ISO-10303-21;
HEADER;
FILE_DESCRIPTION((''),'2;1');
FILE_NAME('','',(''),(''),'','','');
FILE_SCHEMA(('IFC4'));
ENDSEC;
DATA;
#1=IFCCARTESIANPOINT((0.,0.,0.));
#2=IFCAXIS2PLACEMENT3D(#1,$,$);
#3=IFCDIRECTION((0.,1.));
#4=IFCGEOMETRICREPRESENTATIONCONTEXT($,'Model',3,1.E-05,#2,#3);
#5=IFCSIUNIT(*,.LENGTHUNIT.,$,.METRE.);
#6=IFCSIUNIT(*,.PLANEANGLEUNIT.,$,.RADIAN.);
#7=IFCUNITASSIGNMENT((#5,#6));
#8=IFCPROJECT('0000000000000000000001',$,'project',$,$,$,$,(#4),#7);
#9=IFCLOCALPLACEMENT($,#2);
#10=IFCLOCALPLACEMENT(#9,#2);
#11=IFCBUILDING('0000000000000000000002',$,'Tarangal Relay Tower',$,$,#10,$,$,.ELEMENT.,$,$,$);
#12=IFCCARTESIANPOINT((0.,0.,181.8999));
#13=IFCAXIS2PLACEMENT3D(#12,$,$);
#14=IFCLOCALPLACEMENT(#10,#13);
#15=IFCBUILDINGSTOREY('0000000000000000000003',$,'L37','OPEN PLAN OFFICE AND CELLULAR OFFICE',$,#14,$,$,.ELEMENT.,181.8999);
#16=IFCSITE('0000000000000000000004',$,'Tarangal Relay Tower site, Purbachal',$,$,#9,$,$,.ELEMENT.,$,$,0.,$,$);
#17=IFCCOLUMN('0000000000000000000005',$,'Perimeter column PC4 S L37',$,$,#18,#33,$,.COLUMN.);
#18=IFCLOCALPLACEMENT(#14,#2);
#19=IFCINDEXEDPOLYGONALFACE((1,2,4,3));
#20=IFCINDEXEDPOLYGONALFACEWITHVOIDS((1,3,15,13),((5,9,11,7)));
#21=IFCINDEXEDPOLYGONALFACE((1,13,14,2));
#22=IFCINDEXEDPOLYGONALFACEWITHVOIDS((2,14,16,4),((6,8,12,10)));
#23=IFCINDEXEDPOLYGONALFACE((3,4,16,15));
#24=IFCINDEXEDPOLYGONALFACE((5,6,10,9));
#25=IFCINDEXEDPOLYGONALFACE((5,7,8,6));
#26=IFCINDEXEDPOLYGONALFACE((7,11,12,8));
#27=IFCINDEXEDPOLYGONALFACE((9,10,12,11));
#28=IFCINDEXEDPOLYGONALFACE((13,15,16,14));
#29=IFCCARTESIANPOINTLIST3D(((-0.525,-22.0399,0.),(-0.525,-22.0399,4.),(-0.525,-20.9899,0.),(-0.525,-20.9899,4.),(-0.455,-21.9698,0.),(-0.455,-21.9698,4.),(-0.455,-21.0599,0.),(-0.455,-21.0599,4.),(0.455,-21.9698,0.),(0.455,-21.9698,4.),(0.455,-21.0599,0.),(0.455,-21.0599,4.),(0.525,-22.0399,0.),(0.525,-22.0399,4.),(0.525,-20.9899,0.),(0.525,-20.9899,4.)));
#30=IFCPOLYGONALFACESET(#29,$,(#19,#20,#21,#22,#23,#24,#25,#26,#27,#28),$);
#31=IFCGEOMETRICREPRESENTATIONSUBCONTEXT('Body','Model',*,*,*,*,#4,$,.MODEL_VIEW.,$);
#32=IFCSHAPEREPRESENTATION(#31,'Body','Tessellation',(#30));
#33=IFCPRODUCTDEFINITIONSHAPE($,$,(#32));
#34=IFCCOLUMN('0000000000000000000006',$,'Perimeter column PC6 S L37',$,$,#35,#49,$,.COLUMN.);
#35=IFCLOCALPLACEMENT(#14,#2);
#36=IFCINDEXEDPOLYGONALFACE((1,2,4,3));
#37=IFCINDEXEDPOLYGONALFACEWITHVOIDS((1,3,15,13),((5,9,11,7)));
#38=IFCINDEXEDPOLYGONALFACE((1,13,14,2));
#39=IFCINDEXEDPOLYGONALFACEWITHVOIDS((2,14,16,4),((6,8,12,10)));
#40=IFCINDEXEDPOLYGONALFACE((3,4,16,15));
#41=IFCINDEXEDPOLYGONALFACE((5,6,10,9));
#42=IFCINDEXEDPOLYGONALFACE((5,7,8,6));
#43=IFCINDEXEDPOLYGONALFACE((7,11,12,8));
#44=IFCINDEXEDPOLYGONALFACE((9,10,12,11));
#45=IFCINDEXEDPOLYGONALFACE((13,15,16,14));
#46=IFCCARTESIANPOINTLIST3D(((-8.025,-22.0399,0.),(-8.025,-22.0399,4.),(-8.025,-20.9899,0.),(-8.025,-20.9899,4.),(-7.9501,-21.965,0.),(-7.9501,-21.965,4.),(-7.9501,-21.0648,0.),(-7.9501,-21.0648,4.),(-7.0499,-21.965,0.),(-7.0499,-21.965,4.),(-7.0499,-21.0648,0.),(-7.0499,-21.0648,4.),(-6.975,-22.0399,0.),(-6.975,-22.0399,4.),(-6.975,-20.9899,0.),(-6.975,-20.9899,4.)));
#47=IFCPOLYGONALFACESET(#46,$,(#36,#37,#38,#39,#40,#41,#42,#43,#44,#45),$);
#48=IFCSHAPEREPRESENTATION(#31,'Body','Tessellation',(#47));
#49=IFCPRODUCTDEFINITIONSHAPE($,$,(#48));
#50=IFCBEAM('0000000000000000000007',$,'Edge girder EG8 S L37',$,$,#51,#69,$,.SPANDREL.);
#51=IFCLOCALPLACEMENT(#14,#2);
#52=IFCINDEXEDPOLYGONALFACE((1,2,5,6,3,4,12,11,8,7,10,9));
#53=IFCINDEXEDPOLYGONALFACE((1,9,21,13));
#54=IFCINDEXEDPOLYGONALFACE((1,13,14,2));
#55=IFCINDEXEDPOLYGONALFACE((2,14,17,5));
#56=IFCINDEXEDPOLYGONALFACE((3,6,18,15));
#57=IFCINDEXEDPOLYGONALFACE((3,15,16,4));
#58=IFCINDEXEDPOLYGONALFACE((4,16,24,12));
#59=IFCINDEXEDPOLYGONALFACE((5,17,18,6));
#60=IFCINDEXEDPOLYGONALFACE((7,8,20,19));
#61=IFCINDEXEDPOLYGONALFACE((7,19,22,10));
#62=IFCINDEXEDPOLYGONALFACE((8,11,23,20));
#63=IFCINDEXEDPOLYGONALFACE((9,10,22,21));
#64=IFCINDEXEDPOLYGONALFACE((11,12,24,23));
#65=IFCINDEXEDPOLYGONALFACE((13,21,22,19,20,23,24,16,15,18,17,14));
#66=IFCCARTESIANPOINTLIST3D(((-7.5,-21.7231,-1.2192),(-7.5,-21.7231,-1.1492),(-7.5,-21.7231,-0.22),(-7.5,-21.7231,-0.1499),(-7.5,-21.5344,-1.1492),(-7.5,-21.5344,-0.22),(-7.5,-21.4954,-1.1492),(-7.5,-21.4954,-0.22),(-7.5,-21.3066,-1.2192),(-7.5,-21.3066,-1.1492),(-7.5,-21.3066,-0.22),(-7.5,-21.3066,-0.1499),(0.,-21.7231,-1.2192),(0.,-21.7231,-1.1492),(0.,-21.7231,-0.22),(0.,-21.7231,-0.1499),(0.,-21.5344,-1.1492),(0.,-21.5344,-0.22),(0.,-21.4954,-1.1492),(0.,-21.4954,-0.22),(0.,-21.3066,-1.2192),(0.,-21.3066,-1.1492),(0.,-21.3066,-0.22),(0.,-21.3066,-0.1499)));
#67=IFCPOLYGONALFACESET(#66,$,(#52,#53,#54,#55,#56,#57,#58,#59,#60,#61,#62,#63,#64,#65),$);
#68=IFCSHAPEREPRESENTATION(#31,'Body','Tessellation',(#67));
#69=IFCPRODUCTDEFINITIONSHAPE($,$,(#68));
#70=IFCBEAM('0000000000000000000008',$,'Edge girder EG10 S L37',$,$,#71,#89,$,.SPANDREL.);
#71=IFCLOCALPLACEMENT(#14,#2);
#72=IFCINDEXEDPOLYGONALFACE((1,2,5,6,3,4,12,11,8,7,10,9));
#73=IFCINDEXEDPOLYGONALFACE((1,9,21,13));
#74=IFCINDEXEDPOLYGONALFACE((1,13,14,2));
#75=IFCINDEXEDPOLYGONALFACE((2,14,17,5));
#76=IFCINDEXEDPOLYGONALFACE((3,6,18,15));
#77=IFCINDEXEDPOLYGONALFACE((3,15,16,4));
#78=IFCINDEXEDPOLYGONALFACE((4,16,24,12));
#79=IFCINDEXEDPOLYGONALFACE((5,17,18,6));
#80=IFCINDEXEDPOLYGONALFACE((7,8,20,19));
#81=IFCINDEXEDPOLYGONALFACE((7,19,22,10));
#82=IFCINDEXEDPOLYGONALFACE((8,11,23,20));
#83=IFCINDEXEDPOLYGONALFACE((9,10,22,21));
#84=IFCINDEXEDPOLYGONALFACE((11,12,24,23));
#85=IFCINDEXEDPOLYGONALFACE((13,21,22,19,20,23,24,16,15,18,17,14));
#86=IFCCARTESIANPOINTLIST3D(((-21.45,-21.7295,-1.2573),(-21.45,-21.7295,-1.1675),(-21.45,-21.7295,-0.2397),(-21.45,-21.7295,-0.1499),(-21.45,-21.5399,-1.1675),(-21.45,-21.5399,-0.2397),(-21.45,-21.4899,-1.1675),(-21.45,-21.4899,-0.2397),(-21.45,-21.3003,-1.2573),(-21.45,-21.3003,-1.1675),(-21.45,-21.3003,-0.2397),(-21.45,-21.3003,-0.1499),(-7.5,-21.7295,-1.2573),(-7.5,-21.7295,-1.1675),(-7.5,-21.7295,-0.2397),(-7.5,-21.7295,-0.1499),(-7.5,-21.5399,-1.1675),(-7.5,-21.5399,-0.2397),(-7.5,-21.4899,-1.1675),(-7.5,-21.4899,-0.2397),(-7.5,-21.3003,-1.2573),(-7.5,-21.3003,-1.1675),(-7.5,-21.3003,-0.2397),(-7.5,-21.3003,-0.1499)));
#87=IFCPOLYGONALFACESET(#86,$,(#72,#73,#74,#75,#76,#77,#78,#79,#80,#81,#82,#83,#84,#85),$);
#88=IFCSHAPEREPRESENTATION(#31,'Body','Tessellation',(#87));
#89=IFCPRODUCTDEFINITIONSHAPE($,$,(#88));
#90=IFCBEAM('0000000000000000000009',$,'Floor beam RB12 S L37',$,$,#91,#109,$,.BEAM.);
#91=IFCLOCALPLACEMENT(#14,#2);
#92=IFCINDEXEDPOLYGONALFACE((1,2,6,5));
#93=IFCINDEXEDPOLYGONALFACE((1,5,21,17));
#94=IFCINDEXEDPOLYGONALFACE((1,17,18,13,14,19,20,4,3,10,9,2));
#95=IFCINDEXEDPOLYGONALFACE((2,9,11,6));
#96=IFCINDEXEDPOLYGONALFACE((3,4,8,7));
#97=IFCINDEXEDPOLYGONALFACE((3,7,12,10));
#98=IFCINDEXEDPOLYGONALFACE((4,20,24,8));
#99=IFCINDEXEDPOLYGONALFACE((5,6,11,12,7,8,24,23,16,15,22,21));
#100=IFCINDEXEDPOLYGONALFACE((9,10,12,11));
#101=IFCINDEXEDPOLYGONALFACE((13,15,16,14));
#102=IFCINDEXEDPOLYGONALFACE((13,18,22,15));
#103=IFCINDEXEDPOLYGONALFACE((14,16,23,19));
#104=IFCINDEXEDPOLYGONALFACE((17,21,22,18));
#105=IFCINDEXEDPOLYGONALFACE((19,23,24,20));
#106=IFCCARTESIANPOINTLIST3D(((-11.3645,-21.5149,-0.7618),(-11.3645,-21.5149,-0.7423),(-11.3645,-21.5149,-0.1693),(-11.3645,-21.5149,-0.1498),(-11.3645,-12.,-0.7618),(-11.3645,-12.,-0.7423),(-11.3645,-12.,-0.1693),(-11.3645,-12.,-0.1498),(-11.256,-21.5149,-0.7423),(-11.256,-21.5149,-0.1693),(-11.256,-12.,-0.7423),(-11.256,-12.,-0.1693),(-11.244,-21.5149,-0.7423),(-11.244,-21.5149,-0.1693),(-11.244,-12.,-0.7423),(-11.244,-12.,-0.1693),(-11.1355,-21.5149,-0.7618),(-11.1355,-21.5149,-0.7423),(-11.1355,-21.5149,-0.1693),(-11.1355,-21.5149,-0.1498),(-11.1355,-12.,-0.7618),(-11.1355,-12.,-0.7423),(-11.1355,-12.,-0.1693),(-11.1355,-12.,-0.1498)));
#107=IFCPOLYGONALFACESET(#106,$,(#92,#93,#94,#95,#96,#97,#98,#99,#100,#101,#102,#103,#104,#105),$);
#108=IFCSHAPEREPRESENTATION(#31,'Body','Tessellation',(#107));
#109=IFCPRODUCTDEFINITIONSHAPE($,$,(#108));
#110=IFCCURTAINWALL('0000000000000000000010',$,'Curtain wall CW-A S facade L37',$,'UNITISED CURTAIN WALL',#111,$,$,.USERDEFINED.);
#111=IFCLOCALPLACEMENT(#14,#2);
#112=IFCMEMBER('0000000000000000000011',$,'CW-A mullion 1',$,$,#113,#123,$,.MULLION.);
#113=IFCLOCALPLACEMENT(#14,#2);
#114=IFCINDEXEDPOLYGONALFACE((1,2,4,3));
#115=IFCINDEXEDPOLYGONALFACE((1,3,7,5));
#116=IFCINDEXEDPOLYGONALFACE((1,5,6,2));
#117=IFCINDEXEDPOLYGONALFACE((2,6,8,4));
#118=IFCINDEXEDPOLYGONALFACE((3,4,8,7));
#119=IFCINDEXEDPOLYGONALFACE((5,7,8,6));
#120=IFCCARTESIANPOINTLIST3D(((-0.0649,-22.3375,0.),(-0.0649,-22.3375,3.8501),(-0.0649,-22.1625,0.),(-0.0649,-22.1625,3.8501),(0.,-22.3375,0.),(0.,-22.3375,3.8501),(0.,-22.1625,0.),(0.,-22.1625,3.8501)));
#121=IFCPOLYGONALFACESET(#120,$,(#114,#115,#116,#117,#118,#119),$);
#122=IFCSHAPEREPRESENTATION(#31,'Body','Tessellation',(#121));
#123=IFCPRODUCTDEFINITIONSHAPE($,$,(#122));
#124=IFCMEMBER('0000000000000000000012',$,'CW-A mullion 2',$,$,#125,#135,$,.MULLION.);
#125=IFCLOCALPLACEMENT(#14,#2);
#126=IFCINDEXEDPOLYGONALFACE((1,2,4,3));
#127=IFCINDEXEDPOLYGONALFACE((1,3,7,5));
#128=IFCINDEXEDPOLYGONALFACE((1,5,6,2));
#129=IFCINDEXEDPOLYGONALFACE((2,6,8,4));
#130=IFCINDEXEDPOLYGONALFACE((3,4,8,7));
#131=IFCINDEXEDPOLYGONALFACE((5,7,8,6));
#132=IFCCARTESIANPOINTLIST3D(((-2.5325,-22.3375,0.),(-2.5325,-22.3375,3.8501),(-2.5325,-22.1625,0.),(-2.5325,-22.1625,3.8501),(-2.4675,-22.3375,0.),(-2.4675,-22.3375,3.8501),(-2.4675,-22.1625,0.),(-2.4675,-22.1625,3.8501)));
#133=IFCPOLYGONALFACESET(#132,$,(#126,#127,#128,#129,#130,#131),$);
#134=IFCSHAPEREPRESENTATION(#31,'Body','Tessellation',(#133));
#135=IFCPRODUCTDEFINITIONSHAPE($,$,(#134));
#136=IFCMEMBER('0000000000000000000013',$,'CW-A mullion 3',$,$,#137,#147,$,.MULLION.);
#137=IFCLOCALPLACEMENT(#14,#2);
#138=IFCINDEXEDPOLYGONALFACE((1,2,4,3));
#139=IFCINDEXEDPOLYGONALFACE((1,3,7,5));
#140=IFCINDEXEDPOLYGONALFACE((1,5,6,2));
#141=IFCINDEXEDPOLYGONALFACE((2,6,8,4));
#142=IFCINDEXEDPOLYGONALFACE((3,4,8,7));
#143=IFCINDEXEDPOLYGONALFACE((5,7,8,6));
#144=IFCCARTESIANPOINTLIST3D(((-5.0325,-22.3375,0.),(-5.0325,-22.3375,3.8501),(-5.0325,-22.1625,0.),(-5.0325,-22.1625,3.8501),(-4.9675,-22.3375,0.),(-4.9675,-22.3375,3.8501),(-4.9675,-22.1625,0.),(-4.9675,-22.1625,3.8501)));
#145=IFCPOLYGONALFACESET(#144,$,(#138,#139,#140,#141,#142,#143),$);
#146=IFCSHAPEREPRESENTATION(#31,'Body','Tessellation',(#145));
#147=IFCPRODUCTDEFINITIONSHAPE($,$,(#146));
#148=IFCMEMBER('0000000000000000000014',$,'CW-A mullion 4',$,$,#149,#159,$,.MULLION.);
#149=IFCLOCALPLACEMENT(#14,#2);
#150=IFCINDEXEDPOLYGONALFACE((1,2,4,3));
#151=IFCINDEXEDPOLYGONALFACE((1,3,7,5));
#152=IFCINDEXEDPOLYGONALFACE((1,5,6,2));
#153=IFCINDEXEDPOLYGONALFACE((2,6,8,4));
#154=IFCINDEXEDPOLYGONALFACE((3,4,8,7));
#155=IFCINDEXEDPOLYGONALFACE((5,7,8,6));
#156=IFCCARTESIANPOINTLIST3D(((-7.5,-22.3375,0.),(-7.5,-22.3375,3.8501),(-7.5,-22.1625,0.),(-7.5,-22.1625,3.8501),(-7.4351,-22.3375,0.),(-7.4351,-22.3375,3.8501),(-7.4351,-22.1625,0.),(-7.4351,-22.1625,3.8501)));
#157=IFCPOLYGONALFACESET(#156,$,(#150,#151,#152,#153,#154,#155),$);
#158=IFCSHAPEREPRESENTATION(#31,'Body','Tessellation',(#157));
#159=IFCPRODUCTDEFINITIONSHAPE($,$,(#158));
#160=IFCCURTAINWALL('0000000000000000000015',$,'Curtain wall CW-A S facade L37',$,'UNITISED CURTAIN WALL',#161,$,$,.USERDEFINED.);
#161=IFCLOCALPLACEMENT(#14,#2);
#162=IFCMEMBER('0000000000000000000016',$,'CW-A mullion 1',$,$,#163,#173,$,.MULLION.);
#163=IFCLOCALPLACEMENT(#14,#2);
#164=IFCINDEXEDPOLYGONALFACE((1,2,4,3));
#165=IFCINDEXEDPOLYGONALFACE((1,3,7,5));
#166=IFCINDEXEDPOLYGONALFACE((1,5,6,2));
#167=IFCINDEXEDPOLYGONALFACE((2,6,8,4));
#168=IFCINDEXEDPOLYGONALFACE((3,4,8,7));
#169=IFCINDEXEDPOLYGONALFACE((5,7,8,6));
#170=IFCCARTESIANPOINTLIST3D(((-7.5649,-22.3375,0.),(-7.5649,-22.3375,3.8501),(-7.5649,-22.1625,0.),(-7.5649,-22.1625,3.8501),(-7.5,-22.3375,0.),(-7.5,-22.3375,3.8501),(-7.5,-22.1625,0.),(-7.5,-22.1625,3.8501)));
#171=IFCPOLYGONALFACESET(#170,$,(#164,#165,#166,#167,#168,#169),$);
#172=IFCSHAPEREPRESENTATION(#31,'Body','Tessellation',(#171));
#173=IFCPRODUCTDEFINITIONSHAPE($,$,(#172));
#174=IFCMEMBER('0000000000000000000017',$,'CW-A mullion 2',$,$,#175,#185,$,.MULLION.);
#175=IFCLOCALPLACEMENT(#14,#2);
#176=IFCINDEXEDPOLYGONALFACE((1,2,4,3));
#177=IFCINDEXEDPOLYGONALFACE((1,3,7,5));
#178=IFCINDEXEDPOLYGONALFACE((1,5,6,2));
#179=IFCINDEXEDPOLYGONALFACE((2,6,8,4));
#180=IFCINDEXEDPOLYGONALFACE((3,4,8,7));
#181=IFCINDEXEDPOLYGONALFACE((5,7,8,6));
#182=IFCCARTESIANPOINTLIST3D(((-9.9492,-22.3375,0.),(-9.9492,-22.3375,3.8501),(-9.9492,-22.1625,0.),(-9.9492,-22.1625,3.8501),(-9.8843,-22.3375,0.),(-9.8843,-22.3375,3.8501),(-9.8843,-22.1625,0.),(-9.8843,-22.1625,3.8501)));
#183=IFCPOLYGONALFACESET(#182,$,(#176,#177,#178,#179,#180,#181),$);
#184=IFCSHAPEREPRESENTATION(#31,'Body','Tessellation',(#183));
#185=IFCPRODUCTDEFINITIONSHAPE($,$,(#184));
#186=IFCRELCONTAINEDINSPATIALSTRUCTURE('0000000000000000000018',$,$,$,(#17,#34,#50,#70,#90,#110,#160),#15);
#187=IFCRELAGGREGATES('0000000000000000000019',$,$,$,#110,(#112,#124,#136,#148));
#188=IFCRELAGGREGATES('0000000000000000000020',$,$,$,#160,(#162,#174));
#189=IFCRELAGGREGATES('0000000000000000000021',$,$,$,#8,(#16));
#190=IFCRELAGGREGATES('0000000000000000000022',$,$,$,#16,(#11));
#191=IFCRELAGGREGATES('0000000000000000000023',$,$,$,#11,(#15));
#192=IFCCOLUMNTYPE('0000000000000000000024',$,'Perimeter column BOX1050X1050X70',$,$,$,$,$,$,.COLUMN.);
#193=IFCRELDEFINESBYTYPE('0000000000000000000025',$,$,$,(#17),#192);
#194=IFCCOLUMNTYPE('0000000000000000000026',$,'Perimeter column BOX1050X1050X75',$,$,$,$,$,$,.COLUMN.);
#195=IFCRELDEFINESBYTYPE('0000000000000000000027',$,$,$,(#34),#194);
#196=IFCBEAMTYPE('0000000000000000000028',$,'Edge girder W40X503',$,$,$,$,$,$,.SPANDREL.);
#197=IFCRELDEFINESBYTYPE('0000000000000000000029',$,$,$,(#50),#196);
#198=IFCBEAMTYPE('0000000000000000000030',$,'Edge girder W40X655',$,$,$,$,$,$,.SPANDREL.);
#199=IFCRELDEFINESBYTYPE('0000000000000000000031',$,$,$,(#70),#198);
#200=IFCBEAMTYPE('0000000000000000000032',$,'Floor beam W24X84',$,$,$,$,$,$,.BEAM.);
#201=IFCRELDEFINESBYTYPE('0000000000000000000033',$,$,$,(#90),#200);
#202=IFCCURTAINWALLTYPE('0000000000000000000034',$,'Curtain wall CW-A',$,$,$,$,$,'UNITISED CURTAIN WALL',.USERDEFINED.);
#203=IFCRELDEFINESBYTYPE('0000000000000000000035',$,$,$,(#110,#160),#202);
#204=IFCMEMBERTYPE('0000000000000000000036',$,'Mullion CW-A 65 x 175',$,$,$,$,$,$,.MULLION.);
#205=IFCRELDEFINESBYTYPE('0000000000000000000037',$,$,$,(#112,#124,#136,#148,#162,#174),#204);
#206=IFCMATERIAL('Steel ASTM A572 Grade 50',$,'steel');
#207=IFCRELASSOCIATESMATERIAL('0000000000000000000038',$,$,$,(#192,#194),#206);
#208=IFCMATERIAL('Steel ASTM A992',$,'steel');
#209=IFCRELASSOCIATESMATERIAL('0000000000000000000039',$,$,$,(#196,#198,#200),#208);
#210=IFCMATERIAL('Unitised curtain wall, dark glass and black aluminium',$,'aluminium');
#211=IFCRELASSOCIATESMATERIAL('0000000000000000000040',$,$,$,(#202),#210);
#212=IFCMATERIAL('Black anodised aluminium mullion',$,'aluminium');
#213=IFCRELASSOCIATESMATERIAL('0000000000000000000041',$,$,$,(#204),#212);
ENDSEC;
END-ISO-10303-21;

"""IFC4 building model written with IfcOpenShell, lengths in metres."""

from ifc_helpers import new_model, si_unit, direction, frame, origin, origin_2d, place, context, subcontext, project, spatial, rectangle, hollow_rectangle, i_section, extrude, material, material_profile, profile_set, type_object, element, aggregate, save


model = new_model("IFC4")

# Units and contexts
model_context = context("Model", 3, precision=1e-05, world=origin(), true_north=direction((0.0, 1.0)))
body_context = subcontext(model_context, "Body", "Model", "MODEL_VIEW")
ifc_project = project(units=[si_unit("LENGTHUNIT", "METRE"), si_unit("PLANEANGLEUNIT", "RADIAN")], contexts=[model_context])

# Site, building, storey
site_placement = place(None, origin())
site = spatial("IfcSite", under=ifc_project, at=site_placement, Name="Tarangal Relay Tower site, Purbachal", CompositionType="ELEMENT", RefElevation=0.0)
building_placement = place(site_placement, origin())
building = spatial("IfcBuilding", under=site, at=building_placement, Name="Tarangal Relay Tower", CompositionType="ELEMENT")
storey_placement = place(building_placement, frame((0.0, 0.0, 181.8999)))
storey = spatial("IfcBuildingStorey", under=building, at=storey_placement, Name="L37", Description="OPEN PLAN OFFICE AND CELLULAR OFFICE", CompositionType="ELEMENT", Elevation=181.8999)

# Columns
ifc_material_1 = material(Name="Steel ASTM A572 Grade 50", Category="steel")
ifc_material_profile_1 = material_profile(ifc_material_1, hollow_rectangle(XDim=1.05, YDim=1.05, WallThickness=0.0701, at=origin_2d()), Name="BOX1050X1050X70")
ifc_profile_set_1 = profile_set([ifc_material_profile_1], Name="Steel ASTM A572 Grade 50")
column_type_1 = type_object("IfcColumnType", Name="Perimeter column BOX1050X1050X70", PredefinedType="COLUMN", material=ifc_profile_set_1)
column_1_placement = place(storey_placement, frame((0.0, -21.5149, 0.0), z_axis=(0.0, 0.0, 1.0), x_axis=(1.0, 0.0, 0.0)))
element("IfcColumn", 1, at=column_1_placement, inside=storey, type_object=column_type_1, Name="Perimeter column PC4 S L37", PredefinedType="COLUMN", context=body_context, shape_type="SweptSolid", body=[
    extrude(hollow_rectangle(XDim=1.05, YDim=1.05, WallThickness=0.0701, at=origin_2d()), origin(), (0.0, 0.0, 1.0), 4.0),
])
ifc_material_profile_2 = material_profile(ifc_material_1, hollow_rectangle(XDim=1.05, YDim=1.05, WallThickness=0.075, at=origin_2d()), Name="BOX1050X1050X75")
ifc_profile_set_2 = profile_set([ifc_material_profile_2], Name="Steel ASTM A572 Grade 50")
column_type_2 = type_object("IfcColumnType", Name="Perimeter column BOX1050X1050X75", PredefinedType="COLUMN", material=ifc_profile_set_2)
column_2_placement = place(storey_placement, frame((-7.5, -21.5149, 0.0), z_axis=(0.0, 0.0, 1.0), x_axis=(1.0, 0.0, 0.0)))
element("IfcColumn", 2, at=column_2_placement, inside=storey, type_object=column_type_2, Name="Perimeter column PC6 S L37", PredefinedType="COLUMN", context=body_context, shape_type="SweptSolid", body=[
    extrude(hollow_rectangle(XDim=1.05, YDim=1.05, WallThickness=0.075, at=origin_2d()), origin(), (0.0, 0.0, 1.0), 4.0),
])

# Beams
ifc_material_2 = material(Name="Steel ASTM A992", Category="steel")
ifc_material_profile_3 = material_profile(ifc_material_2, i_section(OverallWidth=0.4165, OverallDepth=1.0693, WebThickness=0.0391, FlangeThickness=0.0701, at=origin_2d()), Name="W40X503")
ifc_profile_set_3 = profile_set([ifc_material_profile_3], Name="Steel ASTM A992")
beam_type_1 = type_object("IfcBeamType", Name="Edge girder W40X503", PredefinedType="SPANDREL", material=ifc_profile_set_3)
beam_1_placement = place(storey_placement, frame((0.0, -21.5149, -0.6846), z_axis=(-1.0, 0.0, 0.0), x_axis=(0.0, -1.0, 0.0)))
element("IfcBeam", 3, at=beam_1_placement, inside=storey, type_object=beam_type_1, Name="Edge girder EG8 S L37", PredefinedType="SPANDREL", context=body_context, shape_type="SweptSolid", body=[
    extrude(i_section(OverallWidth=0.4165, OverallDepth=1.0693, WebThickness=0.0391, FlangeThickness=0.0701, at=origin_2d()), origin(), (0.0, 0.0, 1.0), 7.5),
])
ifc_material_profile_4 = material_profile(ifc_material_2, i_section(OverallWidth=0.4292, OverallDepth=1.1074, WebThickness=0.05, FlangeThickness=0.0898, at=origin_2d()), Name="W40X655")
ifc_profile_set_4 = profile_set([ifc_material_profile_4], Name="Steel ASTM A992")
beam_type_2 = type_object("IfcBeamType", Name="Edge girder W40X655", PredefinedType="SPANDREL", material=ifc_profile_set_4)
beam_2_placement = place(storey_placement, frame((-7.5, -21.5149, -0.7036), z_axis=(-1.0, 0.0, 0.0), x_axis=(0.0, -1.0, 0.0)))
element("IfcBeam", 4, at=beam_2_placement, inside=storey, type_object=beam_type_2, Name="Edge girder EG10 S L37", PredefinedType="SPANDREL", context=body_context, shape_type="SweptSolid", body=[
    extrude(i_section(OverallWidth=0.4292, OverallDepth=1.1074, WebThickness=0.05, FlangeThickness=0.0898, at=origin_2d()), origin(), (0.0, 0.0, 1.0), 13.95),
])
ifc_material_profile_5 = material_profile(ifc_material_2, i_section(OverallWidth=0.229, OverallDepth=0.6121, WebThickness=0.012, FlangeThickness=0.0195, at=origin_2d()), Name="W24X84")
ifc_profile_set_5 = profile_set([ifc_material_profile_5], Name="Steel ASTM A992")
beam_type_3 = type_object("IfcBeamType", Name="Floor beam W24X84", PredefinedType="BEAM", material=ifc_profile_set_5)
beam_3_placement = place(storey_placement, frame((-11.25, -12.0, -0.4558), z_axis=(0.0, -1.0, 0.0), x_axis=(1.0, 0.0, 0.0)))
element("IfcBeam", 5, at=beam_3_placement, inside=storey, type_object=beam_type_3, Name="Floor beam RB12 S L37", PredefinedType="BEAM", context=body_context, shape_type="SweptSolid", body=[
    extrude(i_section(OverallWidth=0.229, OverallDepth=0.6121, WebThickness=0.012, FlangeThickness=0.0195, at=origin_2d()), origin(), (0.0, 0.0, 1.0), 9.5149),
])

# Curtain walls, members
ifc_material_3 = material(Name="Unitised curtain wall, dark glass and black aluminium", Category="aluminium")
curtain_wall_type = type_object("IfcCurtainWallType", Name="Curtain wall CW-A", ElementType="UNITISED CURTAIN WALL", PredefinedType="USERDEFINED", material=ifc_material_3)
curtain_wall_1_placement = place(storey_placement, origin())
curtain_wall_1 = element("IfcCurtainWall", 6, at=curtain_wall_1_placement, inside=storey, type_object=curtain_wall_type, Name="Curtain wall CW-A S facade L37", ObjectType="UNITISED CURTAIN WALL", PredefinedType="USERDEFINED")
ifc_material_4 = material(Name="Black anodised aluminium mullion", Category="aluminium")
ifc_material_profile_6 = material_profile(ifc_material_4, rectangle(XDim=0.175, YDim=0.0649, at=origin_2d()), Name="CW-AM 65X175")
ifc_profile_set_6 = profile_set([ifc_material_profile_6], Name="Black anodised aluminium mullion")
member_type_1 = type_object("IfcMemberType", Name="Mullion CW-A 65 x 175", PredefinedType="MULLION", material=ifc_profile_set_6)
member_1_placement = place(storey_placement, frame((-0.0325, -22.25, 0.0), z_axis=(0.0, 0.0, 1.0), x_axis=(0.0, -1.0, 0.0)))
member_1 = element("IfcMember", 7, at=member_1_placement, type_object=member_type_1, Name="CW-A mullion 1", PredefinedType="MULLION", context=body_context, shape_type="SweptSolid", body=[
    extrude(rectangle(XDim=0.175, YDim=0.0649, at=origin_2d()), origin(), (0.0, 0.0, 1.0), 3.8501),
])
member_2_placement = place(storey_placement, frame((-2.5, -22.25, 0.0), z_axis=(0.0, 0.0, 1.0), x_axis=(0.0, -1.0, 0.0)))
member_2 = element("IfcMember", 8, at=member_2_placement, type_object=member_type_1, Name="CW-A mullion 2", PredefinedType="MULLION", context=body_context, shape_type="SweptSolid", body=[
    extrude(rectangle(XDim=0.175, YDim=0.0649, at=origin_2d()), origin(), (0.0, 0.0, 1.0), 3.8501),
])
member_3_placement = place(storey_placement, frame((-5.0, -22.25, 0.0), z_axis=(0.0, 0.0, 1.0), x_axis=(0.0, -1.0, 0.0)))
member_3 = element("IfcMember", 9, at=member_3_placement, type_object=member_type_1, Name="CW-A mullion 3", PredefinedType="MULLION", context=body_context, shape_type="SweptSolid", body=[
    extrude(rectangle(XDim=0.175, YDim=0.0649, at=origin_2d()), origin(), (0.0, 0.0, 1.0), 3.8501),
])
member_4_placement = place(storey_placement, frame((-7.4675, -22.25, 0.0), z_axis=(0.0, 0.0, 1.0), x_axis=(0.0, -1.0, 0.0)))
member_4 = element("IfcMember", 10, at=member_4_placement, type_object=member_type_1, Name="CW-A mullion 4", PredefinedType="MULLION", context=body_context, shape_type="SweptSolid", body=[
    extrude(rectangle(XDim=0.175, YDim=0.0649, at=origin_2d()), origin(), (0.0, 0.0, 1.0), 3.8501),
])
curtain_wall_2_placement = place(storey_placement, origin())
curtain_wall_2 = element("IfcCurtainWall", 11, at=curtain_wall_2_placement, inside=storey, type_object=curtain_wall_type, Name="Curtain wall CW-A S facade L37", ObjectType="UNITISED CURTAIN WALL", PredefinedType="USERDEFINED")
member_5_placement = place(storey_placement, frame((-7.5325, -22.25, 0.0), z_axis=(0.0, 0.0, 1.0), x_axis=(0.0, -1.0, 0.0)))
member_5 = element("IfcMember", 12, at=member_5_placement, type_object=member_type_1, Name="CW-A mullion 1", PredefinedType="MULLION", context=body_context, shape_type="SweptSolid", body=[
    extrude(rectangle(XDim=0.175, YDim=0.0649, at=origin_2d()), origin(), (0.0, 0.0, 1.0), 3.8501),
])
member_6_placement = place(storey_placement, frame((-9.9167, -22.25, 0.0), z_axis=(0.0, 0.0, 1.0), x_axis=(0.0, -1.0, 0.0)))
member_6 = element("IfcMember", 13, at=member_6_placement, type_object=member_type_1, Name="CW-A mullion 2", PredefinedType="MULLION", context=body_context, shape_type="SweptSolid", body=[
    extrude(rectangle(XDim=0.175, YDim=0.0649, at=origin_2d()), origin(), (0.0, 0.0, 1.0), 3.8501),
])

aggregate(curtain_wall_1, [member_1, member_2, member_3, member_4])
aggregate(curtain_wall_2, [member_5, member_6])

save(model, "model.ifc")
